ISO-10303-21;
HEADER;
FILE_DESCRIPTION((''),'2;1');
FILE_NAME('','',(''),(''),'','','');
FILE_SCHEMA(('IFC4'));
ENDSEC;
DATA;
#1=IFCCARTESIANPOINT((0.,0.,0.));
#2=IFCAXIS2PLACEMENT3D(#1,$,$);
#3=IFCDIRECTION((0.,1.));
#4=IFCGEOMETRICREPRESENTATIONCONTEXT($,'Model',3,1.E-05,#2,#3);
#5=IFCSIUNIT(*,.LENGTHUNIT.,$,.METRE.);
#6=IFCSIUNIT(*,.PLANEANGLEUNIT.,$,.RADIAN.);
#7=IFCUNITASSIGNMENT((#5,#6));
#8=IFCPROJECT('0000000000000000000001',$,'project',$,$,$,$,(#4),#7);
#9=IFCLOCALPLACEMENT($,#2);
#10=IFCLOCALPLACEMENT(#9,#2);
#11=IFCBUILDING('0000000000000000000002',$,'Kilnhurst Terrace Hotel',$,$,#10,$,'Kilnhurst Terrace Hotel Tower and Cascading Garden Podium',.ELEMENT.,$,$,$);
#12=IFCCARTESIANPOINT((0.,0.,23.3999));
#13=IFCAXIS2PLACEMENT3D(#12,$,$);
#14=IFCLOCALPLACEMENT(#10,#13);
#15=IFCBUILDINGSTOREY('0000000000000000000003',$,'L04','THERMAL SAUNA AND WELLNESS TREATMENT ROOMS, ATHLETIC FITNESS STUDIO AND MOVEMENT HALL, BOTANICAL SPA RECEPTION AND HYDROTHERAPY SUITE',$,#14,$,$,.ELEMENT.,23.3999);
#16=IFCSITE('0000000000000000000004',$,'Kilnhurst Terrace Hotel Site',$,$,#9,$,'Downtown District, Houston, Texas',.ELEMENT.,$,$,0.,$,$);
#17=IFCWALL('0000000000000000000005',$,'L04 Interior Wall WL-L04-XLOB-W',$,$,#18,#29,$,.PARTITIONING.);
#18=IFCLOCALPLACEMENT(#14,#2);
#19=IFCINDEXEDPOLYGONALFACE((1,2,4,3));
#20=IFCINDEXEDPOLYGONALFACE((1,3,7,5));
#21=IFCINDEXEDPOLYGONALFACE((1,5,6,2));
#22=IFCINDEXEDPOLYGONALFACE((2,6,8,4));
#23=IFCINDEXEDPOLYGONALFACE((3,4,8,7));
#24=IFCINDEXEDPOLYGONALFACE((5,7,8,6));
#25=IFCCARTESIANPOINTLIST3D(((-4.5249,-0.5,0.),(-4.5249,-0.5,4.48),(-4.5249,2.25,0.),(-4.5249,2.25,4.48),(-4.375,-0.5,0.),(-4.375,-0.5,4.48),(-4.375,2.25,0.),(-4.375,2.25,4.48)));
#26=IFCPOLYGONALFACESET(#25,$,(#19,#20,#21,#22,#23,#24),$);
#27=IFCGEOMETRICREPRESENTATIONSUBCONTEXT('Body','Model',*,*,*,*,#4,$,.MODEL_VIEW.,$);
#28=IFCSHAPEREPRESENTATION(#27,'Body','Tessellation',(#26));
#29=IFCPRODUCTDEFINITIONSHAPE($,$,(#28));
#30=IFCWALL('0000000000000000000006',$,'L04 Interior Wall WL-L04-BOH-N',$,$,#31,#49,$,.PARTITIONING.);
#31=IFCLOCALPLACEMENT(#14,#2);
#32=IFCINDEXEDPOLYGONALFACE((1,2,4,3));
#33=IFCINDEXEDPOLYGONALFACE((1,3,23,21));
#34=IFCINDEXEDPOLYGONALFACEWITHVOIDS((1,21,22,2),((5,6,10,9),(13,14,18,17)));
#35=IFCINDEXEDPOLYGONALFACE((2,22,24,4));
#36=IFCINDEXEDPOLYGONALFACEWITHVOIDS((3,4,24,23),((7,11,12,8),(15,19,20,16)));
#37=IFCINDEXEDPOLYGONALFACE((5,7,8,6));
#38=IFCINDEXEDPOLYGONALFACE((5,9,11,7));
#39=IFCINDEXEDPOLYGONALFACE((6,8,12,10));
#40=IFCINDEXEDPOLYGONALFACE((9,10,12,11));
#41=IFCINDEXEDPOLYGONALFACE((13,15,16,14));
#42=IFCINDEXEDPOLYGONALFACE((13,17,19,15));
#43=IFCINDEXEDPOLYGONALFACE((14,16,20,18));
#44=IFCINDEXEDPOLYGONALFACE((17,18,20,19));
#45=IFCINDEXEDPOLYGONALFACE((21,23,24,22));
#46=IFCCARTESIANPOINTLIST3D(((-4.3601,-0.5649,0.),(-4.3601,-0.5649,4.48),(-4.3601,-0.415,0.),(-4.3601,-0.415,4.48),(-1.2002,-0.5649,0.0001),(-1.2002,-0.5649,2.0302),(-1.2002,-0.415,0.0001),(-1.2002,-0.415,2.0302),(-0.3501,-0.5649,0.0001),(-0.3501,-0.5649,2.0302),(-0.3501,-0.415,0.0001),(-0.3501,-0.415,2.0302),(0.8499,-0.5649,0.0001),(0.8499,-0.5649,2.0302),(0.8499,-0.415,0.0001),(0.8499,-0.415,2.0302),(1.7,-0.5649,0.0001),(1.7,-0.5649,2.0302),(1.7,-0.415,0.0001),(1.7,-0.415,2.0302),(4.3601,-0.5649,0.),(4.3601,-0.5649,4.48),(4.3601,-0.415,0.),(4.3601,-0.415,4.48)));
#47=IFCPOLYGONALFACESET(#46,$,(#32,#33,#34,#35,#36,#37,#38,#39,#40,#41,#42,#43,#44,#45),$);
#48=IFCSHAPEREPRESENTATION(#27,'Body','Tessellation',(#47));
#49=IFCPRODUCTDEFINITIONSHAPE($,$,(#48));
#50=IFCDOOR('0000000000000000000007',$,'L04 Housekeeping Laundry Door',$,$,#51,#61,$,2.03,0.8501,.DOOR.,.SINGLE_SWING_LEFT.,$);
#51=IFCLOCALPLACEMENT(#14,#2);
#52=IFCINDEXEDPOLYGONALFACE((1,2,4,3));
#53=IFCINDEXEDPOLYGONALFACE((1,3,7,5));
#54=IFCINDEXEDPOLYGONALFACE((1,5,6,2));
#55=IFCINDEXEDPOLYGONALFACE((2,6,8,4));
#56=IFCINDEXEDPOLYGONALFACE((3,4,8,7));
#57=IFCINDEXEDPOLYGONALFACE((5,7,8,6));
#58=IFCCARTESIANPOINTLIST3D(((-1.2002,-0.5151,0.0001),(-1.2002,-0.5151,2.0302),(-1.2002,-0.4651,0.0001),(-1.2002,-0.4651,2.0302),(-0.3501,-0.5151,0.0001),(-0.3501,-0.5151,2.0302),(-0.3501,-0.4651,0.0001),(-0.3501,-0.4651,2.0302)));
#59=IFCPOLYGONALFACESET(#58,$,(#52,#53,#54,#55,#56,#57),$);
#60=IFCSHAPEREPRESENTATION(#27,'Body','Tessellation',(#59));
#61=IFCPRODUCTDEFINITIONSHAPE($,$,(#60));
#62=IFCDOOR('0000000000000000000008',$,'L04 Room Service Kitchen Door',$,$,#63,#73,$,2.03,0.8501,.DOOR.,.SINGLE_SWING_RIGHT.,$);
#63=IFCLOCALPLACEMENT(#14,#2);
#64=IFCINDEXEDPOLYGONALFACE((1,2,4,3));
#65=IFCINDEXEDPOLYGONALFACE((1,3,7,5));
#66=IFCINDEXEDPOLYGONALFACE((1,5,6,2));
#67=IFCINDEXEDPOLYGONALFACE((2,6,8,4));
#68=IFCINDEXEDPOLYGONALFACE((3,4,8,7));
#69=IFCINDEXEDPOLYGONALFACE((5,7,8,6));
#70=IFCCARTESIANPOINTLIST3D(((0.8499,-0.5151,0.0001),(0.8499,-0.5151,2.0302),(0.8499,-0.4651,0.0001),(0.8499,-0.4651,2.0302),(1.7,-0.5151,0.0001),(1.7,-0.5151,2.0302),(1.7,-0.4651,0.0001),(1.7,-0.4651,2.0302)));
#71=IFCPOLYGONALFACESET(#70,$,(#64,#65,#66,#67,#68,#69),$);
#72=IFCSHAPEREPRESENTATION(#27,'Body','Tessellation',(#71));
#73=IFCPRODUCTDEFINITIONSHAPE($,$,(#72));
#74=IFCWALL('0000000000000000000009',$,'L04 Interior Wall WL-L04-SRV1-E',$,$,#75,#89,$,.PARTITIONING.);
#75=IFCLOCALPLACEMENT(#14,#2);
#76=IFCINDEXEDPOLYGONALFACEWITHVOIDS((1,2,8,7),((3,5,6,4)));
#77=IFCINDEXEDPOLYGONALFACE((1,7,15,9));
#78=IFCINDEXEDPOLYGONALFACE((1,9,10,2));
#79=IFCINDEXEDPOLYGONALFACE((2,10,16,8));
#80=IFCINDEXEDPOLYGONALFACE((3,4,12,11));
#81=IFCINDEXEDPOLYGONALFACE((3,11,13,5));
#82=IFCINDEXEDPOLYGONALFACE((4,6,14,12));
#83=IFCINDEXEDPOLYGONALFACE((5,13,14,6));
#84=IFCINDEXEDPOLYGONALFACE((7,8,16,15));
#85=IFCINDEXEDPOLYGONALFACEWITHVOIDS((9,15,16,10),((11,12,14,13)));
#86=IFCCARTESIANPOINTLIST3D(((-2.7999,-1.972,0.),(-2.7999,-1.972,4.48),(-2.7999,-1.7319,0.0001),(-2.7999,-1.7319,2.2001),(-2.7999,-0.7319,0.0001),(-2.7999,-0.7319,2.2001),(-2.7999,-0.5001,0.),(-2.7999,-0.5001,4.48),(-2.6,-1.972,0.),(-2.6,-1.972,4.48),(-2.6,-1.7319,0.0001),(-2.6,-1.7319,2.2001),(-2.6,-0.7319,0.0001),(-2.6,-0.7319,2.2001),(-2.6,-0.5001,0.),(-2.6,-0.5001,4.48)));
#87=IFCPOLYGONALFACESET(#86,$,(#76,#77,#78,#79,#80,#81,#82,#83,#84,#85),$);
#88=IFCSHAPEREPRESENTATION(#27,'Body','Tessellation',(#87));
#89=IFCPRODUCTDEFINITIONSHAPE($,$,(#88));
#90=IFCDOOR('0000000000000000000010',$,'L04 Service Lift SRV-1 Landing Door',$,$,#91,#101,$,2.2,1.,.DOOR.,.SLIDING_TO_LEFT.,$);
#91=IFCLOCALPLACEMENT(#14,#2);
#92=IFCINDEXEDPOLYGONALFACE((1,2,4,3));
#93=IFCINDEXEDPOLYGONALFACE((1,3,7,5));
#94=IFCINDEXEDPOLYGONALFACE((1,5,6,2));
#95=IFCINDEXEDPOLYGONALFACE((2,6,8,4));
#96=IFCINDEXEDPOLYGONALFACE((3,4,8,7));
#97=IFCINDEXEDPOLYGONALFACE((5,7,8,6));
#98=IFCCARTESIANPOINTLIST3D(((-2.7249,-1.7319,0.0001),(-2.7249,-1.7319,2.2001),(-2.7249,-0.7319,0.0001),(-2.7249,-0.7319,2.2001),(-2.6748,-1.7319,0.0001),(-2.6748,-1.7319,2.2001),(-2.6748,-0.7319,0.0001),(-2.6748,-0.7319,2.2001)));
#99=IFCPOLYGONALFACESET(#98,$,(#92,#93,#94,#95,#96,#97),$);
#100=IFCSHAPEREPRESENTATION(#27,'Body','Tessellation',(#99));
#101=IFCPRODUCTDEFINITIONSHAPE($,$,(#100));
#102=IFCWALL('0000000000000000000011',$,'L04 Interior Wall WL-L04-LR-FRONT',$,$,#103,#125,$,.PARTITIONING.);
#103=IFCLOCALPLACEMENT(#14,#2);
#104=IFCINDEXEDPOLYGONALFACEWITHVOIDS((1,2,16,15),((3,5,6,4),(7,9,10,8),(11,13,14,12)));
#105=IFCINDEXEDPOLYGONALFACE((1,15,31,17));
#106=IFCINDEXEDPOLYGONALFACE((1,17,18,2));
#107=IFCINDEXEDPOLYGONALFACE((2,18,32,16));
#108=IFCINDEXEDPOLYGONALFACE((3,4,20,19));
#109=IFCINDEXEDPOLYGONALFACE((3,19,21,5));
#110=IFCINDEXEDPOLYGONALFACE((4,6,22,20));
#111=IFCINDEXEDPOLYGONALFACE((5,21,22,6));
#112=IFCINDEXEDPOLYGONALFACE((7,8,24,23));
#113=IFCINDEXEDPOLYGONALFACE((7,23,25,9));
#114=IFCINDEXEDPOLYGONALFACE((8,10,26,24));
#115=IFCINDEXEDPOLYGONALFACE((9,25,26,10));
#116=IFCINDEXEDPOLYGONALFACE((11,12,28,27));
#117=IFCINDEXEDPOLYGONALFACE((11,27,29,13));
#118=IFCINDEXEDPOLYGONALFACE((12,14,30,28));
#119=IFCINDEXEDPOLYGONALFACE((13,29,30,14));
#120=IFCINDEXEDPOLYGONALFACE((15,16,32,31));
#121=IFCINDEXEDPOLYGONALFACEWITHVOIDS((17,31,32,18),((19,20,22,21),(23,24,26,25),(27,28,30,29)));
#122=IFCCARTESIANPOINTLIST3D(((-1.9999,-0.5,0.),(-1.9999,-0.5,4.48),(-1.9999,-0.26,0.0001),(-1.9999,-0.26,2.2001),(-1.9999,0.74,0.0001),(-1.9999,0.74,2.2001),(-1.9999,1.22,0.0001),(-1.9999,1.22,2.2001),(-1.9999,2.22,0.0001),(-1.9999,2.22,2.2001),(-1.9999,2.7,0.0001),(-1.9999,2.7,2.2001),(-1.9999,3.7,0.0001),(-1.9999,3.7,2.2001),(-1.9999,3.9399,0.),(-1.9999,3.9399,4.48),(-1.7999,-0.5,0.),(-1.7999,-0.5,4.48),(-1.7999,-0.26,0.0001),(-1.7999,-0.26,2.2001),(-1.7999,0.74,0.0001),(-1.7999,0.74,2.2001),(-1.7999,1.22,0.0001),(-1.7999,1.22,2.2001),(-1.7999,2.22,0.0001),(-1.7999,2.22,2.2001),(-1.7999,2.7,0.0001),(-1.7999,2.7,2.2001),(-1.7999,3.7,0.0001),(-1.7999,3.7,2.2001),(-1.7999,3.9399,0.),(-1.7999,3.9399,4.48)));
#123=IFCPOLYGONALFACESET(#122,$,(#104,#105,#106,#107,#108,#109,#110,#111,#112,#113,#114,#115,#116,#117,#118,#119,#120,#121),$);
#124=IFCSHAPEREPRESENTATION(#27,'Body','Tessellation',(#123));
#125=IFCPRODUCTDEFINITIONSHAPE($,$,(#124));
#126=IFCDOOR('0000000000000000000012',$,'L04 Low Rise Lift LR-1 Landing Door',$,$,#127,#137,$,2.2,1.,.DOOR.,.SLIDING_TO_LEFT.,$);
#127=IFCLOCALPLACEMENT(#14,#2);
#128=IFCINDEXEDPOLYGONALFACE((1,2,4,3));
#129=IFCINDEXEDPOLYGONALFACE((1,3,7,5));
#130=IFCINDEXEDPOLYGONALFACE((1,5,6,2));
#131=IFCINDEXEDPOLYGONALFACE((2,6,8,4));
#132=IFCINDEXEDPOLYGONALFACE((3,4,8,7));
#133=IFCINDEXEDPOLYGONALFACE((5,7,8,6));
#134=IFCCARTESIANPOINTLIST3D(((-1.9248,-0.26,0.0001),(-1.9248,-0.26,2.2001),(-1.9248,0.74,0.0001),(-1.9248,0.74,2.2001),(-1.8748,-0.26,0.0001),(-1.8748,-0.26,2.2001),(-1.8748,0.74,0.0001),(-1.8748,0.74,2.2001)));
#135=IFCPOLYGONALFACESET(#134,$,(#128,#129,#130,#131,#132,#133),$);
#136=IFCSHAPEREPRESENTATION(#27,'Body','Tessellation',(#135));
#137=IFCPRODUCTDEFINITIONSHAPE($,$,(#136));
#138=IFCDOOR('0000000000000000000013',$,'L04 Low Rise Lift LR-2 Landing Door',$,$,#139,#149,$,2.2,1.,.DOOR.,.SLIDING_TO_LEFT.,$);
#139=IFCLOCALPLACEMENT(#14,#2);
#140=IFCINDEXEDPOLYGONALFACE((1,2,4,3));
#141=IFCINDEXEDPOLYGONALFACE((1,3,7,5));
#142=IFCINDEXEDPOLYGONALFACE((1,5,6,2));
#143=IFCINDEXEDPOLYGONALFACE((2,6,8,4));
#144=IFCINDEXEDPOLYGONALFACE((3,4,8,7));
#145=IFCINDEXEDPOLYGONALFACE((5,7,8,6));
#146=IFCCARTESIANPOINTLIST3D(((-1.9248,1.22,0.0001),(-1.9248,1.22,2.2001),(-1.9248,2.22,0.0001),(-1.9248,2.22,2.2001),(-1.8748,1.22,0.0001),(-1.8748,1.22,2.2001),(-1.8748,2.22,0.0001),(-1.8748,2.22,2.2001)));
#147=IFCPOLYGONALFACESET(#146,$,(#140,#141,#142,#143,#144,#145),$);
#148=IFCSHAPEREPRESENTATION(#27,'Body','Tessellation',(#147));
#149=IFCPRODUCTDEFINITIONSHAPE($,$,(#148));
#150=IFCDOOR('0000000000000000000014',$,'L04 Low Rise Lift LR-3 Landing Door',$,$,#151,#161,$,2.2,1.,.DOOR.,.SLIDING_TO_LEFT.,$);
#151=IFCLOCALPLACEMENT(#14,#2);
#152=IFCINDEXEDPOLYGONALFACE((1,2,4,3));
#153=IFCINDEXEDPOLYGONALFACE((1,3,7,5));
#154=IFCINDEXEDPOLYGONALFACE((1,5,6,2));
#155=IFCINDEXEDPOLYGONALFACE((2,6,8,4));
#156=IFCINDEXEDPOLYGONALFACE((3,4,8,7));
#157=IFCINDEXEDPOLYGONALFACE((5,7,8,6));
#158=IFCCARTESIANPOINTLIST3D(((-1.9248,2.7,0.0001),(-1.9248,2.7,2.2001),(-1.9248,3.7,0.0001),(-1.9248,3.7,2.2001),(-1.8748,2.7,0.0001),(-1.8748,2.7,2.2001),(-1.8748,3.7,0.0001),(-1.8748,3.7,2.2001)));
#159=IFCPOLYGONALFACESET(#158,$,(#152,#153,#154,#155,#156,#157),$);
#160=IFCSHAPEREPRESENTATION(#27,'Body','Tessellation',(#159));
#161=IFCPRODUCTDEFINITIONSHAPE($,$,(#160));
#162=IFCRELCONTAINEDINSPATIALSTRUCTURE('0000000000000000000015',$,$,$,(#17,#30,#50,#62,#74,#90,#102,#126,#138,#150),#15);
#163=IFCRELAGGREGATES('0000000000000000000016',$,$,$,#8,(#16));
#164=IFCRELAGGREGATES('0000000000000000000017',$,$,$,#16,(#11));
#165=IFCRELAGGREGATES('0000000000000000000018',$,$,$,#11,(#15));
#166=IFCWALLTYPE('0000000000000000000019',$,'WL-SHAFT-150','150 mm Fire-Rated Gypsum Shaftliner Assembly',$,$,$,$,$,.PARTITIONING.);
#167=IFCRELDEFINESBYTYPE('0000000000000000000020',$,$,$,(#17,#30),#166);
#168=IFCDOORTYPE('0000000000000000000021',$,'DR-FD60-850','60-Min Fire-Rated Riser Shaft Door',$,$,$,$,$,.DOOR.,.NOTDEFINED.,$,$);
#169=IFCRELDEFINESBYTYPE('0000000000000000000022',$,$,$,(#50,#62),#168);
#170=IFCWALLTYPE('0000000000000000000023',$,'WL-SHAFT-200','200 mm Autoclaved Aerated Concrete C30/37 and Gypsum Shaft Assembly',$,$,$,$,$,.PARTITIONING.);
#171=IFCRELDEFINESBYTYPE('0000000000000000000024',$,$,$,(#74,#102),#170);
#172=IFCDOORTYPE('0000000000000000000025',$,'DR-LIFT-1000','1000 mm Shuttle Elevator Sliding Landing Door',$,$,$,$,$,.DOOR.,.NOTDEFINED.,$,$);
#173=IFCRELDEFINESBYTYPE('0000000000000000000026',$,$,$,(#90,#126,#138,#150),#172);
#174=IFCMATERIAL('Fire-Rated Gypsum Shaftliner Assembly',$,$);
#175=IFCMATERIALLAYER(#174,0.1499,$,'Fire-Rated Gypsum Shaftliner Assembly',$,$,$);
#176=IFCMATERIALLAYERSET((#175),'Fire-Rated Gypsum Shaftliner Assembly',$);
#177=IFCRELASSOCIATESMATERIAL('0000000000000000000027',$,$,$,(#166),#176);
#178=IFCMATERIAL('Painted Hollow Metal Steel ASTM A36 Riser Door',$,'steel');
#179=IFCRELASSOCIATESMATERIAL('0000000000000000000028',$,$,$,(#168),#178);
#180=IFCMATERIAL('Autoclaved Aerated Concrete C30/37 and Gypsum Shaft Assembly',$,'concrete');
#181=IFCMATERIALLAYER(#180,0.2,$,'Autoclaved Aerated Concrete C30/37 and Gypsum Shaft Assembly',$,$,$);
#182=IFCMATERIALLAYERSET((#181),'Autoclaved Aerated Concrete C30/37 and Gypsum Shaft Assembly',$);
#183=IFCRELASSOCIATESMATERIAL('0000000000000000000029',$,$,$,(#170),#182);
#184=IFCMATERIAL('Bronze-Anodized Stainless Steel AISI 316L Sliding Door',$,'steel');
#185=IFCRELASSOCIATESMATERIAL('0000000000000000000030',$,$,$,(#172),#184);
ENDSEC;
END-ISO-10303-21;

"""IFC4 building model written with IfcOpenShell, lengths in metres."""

from ifc_helpers import new_model, si_unit, direction, frame, frame_2d, origin, place, context, subcontext, project, spatial, rectangle, extrude, material, layer, layer_set, type_object, element, fill, save


model = new_model("IFC4")

# Units and contexts
model_context = context("Model", 3, precision=1e-05, world=origin(), true_north=direction((0.0, 1.0)))
body_context = subcontext(model_context, "Body", "Model", "MODEL_VIEW")
ifc_project = project(units=[si_unit("LENGTHUNIT", "METRE"), si_unit("PLANEANGLEUNIT", "RADIAN")], contexts=[model_context])

# Site, building, storey
site_placement = place(None, origin())
site = spatial("IfcSite", under=ifc_project, at=site_placement, Name="Kilnhurst Terrace Hotel Site", LongName="Downtown District, Houston, Texas", CompositionType="ELEMENT", RefElevation=0.0)
building_placement = place(site_placement, origin())
building = spatial("IfcBuilding", under=site, at=building_placement, Name="Kilnhurst Terrace Hotel", LongName="Kilnhurst Terrace Hotel Tower and Cascading Garden Podium", CompositionType="ELEMENT")
storey_placement = place(building_placement, frame((0.0, 0.0, 23.3999)))
storey = spatial("IfcBuildingStorey", under=building, at=storey_placement, Name="L04", Description="THERMAL SAUNA AND WELLNESS TREATMENT ROOMS, ATHLETIC FITNESS STUDIO AND MOVEMENT HALL, BOTANICAL SPA RECEPTION AND HYDROTHERAPY SUITE", CompositionType="ELEMENT", Elevation=23.3999)

# Wall
ifc_material_1 = material(Name="Fire-Rated Gypsum Shaftliner Assembly")
ifc_layer_1 = layer(ifc_material_1, 0.1499, Name="Fire-Rated Gypsum Shaftliner Assembly")
ifc_layer_set_1 = layer_set([ifc_layer_1], Name="Fire-Rated Gypsum Shaftliner Assembly")
wall_type_1 = type_object("IfcWallType", Name="WL-SHAFT-150", Description="150 mm Fire-Rated Gypsum Shaftliner Assembly", PredefinedType="PARTITIONING", material=ifc_layer_set_1)
wall_1_placement = place(storey_placement, frame((-4.45, -0.5, 0.0), z_axis=(0.0, 0.0, 1.0), x_axis=(0.0, 1.0, 0.0)))
element("IfcWall", 1, at=wall_1_placement, inside=storey, type_object=wall_type_1, Name="L04 Interior Wall WL-L04-XLOB-W", PredefinedType="PARTITIONING", context=body_context, shape_type="SweptSolid", body=[
    extrude(rectangle(XDim=2.75, YDim=0.1499, at=frame_2d((1.375, 0.0))), origin(), (0.0, 0.0, 1.0), 4.48),
])

# Wall, openings, doors
wall_2_placement = place(storey_placement, frame((-4.3601, -0.49, 0.0), z_axis=(0.0, 0.0, 1.0), x_axis=(1.0, 0.0, 0.0)))
wall_2 = element("IfcWall", 2, at=wall_2_placement, inside=storey, type_object=wall_type_1, Name="L04 Interior Wall WL-L04-BOH-N", PredefinedType="PARTITIONING", context=body_context, shape_type="SweptSolid", body=[
    extrude(rectangle(XDim=8.7202, YDim=0.1499, at=frame_2d((4.3601, 0.0))), origin(), (0.0, 0.0, 1.0), 4.48),
])
opening_1_placement = place(wall_2_placement, frame((3.1599, 0.0, 0.0)))
opening_1 = element("IfcOpeningElement", 3, at=opening_1_placement, cuts=wall_2, PredefinedType="OPENING", context=body_context, shape_type="SweptSolid", body=[
    extrude(rectangle(XDim=0.8501, YDim=2.03, at=frame_2d((0.425, 1.0151))), frame((0.0, 0.085, 0.0), z_axis=(0.0, -1.0, 0.0), x_axis=(1.0, 0.0, 0.0)), (0.0, 0.0, 1.0), 0.1699),
])
opening_2_placement = place(wall_2_placement, frame((5.21, 0.0, 0.0)))
opening_2 = element("IfcOpeningElement", 4, at=opening_2_placement, cuts=wall_2, PredefinedType="OPENING", context=body_context, shape_type="SweptSolid", body=[
    extrude(rectangle(XDim=0.8501, YDim=2.03, at=frame_2d((0.425, 1.0151))), frame((0.0, 0.085, 0.0), z_axis=(0.0, -1.0, 0.0), x_axis=(1.0, 0.0, 0.0)), (0.0, 0.0, 1.0), 0.1699),
])
ifc_material_2 = material(Name="Painted Hollow Metal Steel ASTM A36 Riser Door", Category="steel")
door_type_1 = type_object("IfcDoorType", Name="DR-FD60-850", Description="60-Min Fire-Rated Riser Shaft Door", OperationType="NOTDEFINED", PredefinedType="DOOR", material=ifc_material_2)
door_1_placement = place(opening_1_placement, origin())
door_1 = element("IfcDoor", 5, at=door_1_placement, inside=storey, type_object=door_type_1, Name="L04 Housekeeping Laundry Door", OperationType="SINGLE_SWING_LEFT", OverallHeight=2.03, OverallWidth=0.8501, PredefinedType="DOOR", context=body_context, shape_type="SweptSolid", body=[
    extrude(rectangle(XDim=0.8501, YDim=2.03, at=frame_2d((0.425, 1.0151))), frame((0.0, 0.0249, 0.0), z_axis=(0.0, -1.0, 0.0), x_axis=(1.0, 0.0, 0.0)), (0.0, 0.0, 1.0), 0.05),
])
fill(opening_1, door_1)
door_2_placement = place(opening_2_placement, origin())
door_2 = element("IfcDoor", 6, at=door_2_placement, inside=storey, type_object=door_type_1, Name="L04 Room Service Kitchen Door", OperationType="SINGLE_SWING_RIGHT", OverallHeight=2.03, OverallWidth=0.8501, PredefinedType="DOOR", context=body_context, shape_type="SweptSolid", body=[
    extrude(rectangle(XDim=0.8501, YDim=2.03, at=frame_2d((0.425, 1.0151))), frame((0.0, 0.0249, 0.0), z_axis=(0.0, -1.0, 0.0), x_axis=(1.0, 0.0, 0.0)), (0.0, 0.0, 1.0), 0.05),
])
fill(opening_2, door_2)

# Wall, opening, door
ifc_material_3 = material(Name="Autoclaved Aerated Concrete C30/37 and Gypsum Shaft Assembly", Category="concrete")
ifc_layer_2 = layer(ifc_material_3, 0.2, Name="Autoclaved Aerated Concrete C30/37 and Gypsum Shaft Assembly")
ifc_layer_set_2 = layer_set([ifc_layer_2], Name="Autoclaved Aerated Concrete C30/37 and Gypsum Shaft Assembly")
wall_type_2 = type_object("IfcWallType", Name="WL-SHAFT-200", Description="200 mm Autoclaved Aerated Concrete C30/37 and Gypsum Shaft Assembly", PredefinedType="PARTITIONING", material=ifc_layer_set_2)
wall_3_placement = place(storey_placement, frame((-2.7, -1.9719, 0.0), z_axis=(0.0, 0.0, 1.0), x_axis=(0.0, 1.0, 0.0)))
wall_3 = element("IfcWall", 7, at=wall_3_placement, inside=storey, type_object=wall_type_2, Name="L04 Interior Wall WL-L04-SRV1-E", PredefinedType="PARTITIONING", context=body_context, shape_type="SweptSolid", body=[
    extrude(rectangle(XDim=1.4719, YDim=0.2, at=frame_2d((0.7358, 0.0))), origin(), (0.0, 0.0, 1.0), 4.48),
])
opening_3_placement = place(wall_3_placement, frame((0.24, 0.0, 0.0)))
opening_3 = element("IfcOpeningElement", 8, at=opening_3_placement, cuts=wall_3, PredefinedType="OPENING", context=body_context, shape_type="SweptSolid", body=[
    extrude(rectangle(XDim=1.0, YDim=2.2, at=frame_2d((0.5, 1.1001))), frame((0.0, 0.1099, 0.0), z_axis=(0.0, -1.0, 0.0), x_axis=(1.0, 0.0, 0.0)), (0.0, 0.0, 1.0), 0.22),
])
ifc_material_4 = material(Name="Bronze-Anodized Stainless Steel AISI 316L Sliding Door", Category="steel")
door_type_2 = type_object("IfcDoorType", Name="DR-LIFT-1000", Description="1000 mm Shuttle Elevator Sliding Landing Door", OperationType="NOTDEFINED", PredefinedType="DOOR", material=ifc_material_4)
door_3_placement = place(opening_3_placement, origin())
door_3 = element("IfcDoor", 9, at=door_3_placement, inside=storey, type_object=door_type_2, Name="L04 Service Lift SRV-1 Landing Door", OperationType="SLIDING_TO_LEFT", OverallHeight=2.2, OverallWidth=1.0, PredefinedType="DOOR", context=body_context, shape_type="SweptSolid", body=[
    extrude(rectangle(XDim=1.0, YDim=2.2, at=frame_2d((0.5, 1.1001))), frame((0.0, 0.0249, 0.0), z_axis=(0.0, -1.0, 0.0), x_axis=(1.0, 0.0, 0.0)), (0.0, 0.0, 1.0), 0.05),
])
fill(opening_3, door_3)

# Wall, openings, doors
wall_4_placement = place(storey_placement, frame((-1.8999, -0.5, 0.0), z_axis=(0.0, 0.0, 1.0), x_axis=(0.0, 1.0, 0.0)))
wall_4 = element("IfcWall", 10, at=wall_4_placement, inside=storey, type_object=wall_type_2, Name="L04 Interior Wall WL-L04-LR-FRONT", PredefinedType="PARTITIONING", context=body_context, shape_type="SweptSolid", body=[
    extrude(rectangle(XDim=4.4399, YDim=0.2, at=frame_2d((2.22, 0.0))), origin(), (0.0, 0.0, 1.0), 4.48),
])
opening_4_placement = place(wall_4_placement, frame((0.24, 0.0, 0.0)))
opening_4 = element("IfcOpeningElement", 11, at=opening_4_placement, cuts=wall_4, PredefinedType="OPENING", context=body_context, shape_type="SweptSolid", body=[
    extrude(rectangle(XDim=1.0, YDim=2.2, at=frame_2d((0.5, 1.1001))), frame((0.0, 0.1099, 0.0), z_axis=(0.0, -1.0, 0.0), x_axis=(1.0, 0.0, 0.0)), (0.0, 0.0, 1.0), 0.22),
])
opening_5_placement = place(wall_4_placement, frame((1.72, 0.0, 0.0)))
opening_5 = element("IfcOpeningElement", 12, at=opening_5_placement, cuts=wall_4, PredefinedType="OPENING", context=body_context, shape_type="SweptSolid", body=[
    extrude(rectangle(XDim=1.0, YDim=2.2, at=frame_2d((0.5, 1.1001))), frame((0.0, 0.1099, 0.0), z_axis=(0.0, -1.0, 0.0), x_axis=(1.0, 0.0, 0.0)), (0.0, 0.0, 1.0), 0.22),
])
opening_6_placement = place(wall_4_placement, frame((3.2, 0.0, 0.0)))
opening_6 = element("IfcOpeningElement", 13, at=opening_6_placement, cuts=wall_4, PredefinedType="OPENING", context=body_context, shape_type="SweptSolid", body=[
    extrude(rectangle(XDim=1.0, YDim=2.2, at=frame_2d((0.5, 1.1001))), frame((0.0, 0.1099, 0.0), z_axis=(0.0, -1.0, 0.0), x_axis=(1.0, 0.0, 0.0)), (0.0, 0.0, 1.0), 0.22),
])
door_4_placement = place(opening_4_placement, origin())
door_4 = element("IfcDoor", 14, at=door_4_placement, inside=storey, type_object=door_type_2, Name="L04 Low Rise Lift LR-1 Landing Door", OperationType="SLIDING_TO_LEFT", OverallHeight=2.2, OverallWidth=1.0, PredefinedType="DOOR", context=body_context, shape_type="SweptSolid", body=[
    extrude(rectangle(XDim=1.0, YDim=2.2, at=frame_2d((0.5, 1.1001))), frame((0.0, 0.0249, 0.0), z_axis=(0.0, -1.0, 0.0), x_axis=(1.0, 0.0, 0.0)), (0.0, 0.0, 1.0), 0.05),
])
fill(opening_4, door_4)
door_5_placement = place(opening_5_placement, origin())
door_5 = element("IfcDoor", 15, at=door_5_placement, inside=storey, type_object=door_type_2, Name="L04 Low Rise Lift LR-2 Landing Door", OperationType="SLIDING_TO_LEFT", OverallHeight=2.2, OverallWidth=1.0, PredefinedType="DOOR", context=body_context, shape_type="SweptSolid", body=[
    extrude(rectangle(XDim=1.0, YDim=2.2, at=frame_2d((0.5, 1.1001))), frame((0.0, 0.0249, 0.0), z_axis=(0.0, -1.0, 0.0), x_axis=(1.0, 0.0, 0.0)), (0.0, 0.0, 1.0), 0.05),
])
fill(opening_5, door_5)
door_6_placement = place(opening_6_placement, origin())
door_6 = element("IfcDoor", 16, at=door_6_placement, inside=storey, type_object=door_type_2, Name="L04 Low Rise Lift LR-3 Landing Door", OperationType="SLIDING_TO_LEFT", OverallHeight=2.2, OverallWidth=1.0, PredefinedType="DOOR", context=body_context, shape_type="SweptSolid", body=[
    extrude(rectangle(XDim=1.0, YDim=2.2, at=frame_2d((0.5, 1.1001))), frame((0.0, 0.0249, 0.0), z_axis=(0.0, -1.0, 0.0), x_axis=(1.0, 0.0, 0.0)), (0.0, 0.0, 1.0), 0.05),
])
fill(opening_6, door_6)

save(model, "model.ifc")
